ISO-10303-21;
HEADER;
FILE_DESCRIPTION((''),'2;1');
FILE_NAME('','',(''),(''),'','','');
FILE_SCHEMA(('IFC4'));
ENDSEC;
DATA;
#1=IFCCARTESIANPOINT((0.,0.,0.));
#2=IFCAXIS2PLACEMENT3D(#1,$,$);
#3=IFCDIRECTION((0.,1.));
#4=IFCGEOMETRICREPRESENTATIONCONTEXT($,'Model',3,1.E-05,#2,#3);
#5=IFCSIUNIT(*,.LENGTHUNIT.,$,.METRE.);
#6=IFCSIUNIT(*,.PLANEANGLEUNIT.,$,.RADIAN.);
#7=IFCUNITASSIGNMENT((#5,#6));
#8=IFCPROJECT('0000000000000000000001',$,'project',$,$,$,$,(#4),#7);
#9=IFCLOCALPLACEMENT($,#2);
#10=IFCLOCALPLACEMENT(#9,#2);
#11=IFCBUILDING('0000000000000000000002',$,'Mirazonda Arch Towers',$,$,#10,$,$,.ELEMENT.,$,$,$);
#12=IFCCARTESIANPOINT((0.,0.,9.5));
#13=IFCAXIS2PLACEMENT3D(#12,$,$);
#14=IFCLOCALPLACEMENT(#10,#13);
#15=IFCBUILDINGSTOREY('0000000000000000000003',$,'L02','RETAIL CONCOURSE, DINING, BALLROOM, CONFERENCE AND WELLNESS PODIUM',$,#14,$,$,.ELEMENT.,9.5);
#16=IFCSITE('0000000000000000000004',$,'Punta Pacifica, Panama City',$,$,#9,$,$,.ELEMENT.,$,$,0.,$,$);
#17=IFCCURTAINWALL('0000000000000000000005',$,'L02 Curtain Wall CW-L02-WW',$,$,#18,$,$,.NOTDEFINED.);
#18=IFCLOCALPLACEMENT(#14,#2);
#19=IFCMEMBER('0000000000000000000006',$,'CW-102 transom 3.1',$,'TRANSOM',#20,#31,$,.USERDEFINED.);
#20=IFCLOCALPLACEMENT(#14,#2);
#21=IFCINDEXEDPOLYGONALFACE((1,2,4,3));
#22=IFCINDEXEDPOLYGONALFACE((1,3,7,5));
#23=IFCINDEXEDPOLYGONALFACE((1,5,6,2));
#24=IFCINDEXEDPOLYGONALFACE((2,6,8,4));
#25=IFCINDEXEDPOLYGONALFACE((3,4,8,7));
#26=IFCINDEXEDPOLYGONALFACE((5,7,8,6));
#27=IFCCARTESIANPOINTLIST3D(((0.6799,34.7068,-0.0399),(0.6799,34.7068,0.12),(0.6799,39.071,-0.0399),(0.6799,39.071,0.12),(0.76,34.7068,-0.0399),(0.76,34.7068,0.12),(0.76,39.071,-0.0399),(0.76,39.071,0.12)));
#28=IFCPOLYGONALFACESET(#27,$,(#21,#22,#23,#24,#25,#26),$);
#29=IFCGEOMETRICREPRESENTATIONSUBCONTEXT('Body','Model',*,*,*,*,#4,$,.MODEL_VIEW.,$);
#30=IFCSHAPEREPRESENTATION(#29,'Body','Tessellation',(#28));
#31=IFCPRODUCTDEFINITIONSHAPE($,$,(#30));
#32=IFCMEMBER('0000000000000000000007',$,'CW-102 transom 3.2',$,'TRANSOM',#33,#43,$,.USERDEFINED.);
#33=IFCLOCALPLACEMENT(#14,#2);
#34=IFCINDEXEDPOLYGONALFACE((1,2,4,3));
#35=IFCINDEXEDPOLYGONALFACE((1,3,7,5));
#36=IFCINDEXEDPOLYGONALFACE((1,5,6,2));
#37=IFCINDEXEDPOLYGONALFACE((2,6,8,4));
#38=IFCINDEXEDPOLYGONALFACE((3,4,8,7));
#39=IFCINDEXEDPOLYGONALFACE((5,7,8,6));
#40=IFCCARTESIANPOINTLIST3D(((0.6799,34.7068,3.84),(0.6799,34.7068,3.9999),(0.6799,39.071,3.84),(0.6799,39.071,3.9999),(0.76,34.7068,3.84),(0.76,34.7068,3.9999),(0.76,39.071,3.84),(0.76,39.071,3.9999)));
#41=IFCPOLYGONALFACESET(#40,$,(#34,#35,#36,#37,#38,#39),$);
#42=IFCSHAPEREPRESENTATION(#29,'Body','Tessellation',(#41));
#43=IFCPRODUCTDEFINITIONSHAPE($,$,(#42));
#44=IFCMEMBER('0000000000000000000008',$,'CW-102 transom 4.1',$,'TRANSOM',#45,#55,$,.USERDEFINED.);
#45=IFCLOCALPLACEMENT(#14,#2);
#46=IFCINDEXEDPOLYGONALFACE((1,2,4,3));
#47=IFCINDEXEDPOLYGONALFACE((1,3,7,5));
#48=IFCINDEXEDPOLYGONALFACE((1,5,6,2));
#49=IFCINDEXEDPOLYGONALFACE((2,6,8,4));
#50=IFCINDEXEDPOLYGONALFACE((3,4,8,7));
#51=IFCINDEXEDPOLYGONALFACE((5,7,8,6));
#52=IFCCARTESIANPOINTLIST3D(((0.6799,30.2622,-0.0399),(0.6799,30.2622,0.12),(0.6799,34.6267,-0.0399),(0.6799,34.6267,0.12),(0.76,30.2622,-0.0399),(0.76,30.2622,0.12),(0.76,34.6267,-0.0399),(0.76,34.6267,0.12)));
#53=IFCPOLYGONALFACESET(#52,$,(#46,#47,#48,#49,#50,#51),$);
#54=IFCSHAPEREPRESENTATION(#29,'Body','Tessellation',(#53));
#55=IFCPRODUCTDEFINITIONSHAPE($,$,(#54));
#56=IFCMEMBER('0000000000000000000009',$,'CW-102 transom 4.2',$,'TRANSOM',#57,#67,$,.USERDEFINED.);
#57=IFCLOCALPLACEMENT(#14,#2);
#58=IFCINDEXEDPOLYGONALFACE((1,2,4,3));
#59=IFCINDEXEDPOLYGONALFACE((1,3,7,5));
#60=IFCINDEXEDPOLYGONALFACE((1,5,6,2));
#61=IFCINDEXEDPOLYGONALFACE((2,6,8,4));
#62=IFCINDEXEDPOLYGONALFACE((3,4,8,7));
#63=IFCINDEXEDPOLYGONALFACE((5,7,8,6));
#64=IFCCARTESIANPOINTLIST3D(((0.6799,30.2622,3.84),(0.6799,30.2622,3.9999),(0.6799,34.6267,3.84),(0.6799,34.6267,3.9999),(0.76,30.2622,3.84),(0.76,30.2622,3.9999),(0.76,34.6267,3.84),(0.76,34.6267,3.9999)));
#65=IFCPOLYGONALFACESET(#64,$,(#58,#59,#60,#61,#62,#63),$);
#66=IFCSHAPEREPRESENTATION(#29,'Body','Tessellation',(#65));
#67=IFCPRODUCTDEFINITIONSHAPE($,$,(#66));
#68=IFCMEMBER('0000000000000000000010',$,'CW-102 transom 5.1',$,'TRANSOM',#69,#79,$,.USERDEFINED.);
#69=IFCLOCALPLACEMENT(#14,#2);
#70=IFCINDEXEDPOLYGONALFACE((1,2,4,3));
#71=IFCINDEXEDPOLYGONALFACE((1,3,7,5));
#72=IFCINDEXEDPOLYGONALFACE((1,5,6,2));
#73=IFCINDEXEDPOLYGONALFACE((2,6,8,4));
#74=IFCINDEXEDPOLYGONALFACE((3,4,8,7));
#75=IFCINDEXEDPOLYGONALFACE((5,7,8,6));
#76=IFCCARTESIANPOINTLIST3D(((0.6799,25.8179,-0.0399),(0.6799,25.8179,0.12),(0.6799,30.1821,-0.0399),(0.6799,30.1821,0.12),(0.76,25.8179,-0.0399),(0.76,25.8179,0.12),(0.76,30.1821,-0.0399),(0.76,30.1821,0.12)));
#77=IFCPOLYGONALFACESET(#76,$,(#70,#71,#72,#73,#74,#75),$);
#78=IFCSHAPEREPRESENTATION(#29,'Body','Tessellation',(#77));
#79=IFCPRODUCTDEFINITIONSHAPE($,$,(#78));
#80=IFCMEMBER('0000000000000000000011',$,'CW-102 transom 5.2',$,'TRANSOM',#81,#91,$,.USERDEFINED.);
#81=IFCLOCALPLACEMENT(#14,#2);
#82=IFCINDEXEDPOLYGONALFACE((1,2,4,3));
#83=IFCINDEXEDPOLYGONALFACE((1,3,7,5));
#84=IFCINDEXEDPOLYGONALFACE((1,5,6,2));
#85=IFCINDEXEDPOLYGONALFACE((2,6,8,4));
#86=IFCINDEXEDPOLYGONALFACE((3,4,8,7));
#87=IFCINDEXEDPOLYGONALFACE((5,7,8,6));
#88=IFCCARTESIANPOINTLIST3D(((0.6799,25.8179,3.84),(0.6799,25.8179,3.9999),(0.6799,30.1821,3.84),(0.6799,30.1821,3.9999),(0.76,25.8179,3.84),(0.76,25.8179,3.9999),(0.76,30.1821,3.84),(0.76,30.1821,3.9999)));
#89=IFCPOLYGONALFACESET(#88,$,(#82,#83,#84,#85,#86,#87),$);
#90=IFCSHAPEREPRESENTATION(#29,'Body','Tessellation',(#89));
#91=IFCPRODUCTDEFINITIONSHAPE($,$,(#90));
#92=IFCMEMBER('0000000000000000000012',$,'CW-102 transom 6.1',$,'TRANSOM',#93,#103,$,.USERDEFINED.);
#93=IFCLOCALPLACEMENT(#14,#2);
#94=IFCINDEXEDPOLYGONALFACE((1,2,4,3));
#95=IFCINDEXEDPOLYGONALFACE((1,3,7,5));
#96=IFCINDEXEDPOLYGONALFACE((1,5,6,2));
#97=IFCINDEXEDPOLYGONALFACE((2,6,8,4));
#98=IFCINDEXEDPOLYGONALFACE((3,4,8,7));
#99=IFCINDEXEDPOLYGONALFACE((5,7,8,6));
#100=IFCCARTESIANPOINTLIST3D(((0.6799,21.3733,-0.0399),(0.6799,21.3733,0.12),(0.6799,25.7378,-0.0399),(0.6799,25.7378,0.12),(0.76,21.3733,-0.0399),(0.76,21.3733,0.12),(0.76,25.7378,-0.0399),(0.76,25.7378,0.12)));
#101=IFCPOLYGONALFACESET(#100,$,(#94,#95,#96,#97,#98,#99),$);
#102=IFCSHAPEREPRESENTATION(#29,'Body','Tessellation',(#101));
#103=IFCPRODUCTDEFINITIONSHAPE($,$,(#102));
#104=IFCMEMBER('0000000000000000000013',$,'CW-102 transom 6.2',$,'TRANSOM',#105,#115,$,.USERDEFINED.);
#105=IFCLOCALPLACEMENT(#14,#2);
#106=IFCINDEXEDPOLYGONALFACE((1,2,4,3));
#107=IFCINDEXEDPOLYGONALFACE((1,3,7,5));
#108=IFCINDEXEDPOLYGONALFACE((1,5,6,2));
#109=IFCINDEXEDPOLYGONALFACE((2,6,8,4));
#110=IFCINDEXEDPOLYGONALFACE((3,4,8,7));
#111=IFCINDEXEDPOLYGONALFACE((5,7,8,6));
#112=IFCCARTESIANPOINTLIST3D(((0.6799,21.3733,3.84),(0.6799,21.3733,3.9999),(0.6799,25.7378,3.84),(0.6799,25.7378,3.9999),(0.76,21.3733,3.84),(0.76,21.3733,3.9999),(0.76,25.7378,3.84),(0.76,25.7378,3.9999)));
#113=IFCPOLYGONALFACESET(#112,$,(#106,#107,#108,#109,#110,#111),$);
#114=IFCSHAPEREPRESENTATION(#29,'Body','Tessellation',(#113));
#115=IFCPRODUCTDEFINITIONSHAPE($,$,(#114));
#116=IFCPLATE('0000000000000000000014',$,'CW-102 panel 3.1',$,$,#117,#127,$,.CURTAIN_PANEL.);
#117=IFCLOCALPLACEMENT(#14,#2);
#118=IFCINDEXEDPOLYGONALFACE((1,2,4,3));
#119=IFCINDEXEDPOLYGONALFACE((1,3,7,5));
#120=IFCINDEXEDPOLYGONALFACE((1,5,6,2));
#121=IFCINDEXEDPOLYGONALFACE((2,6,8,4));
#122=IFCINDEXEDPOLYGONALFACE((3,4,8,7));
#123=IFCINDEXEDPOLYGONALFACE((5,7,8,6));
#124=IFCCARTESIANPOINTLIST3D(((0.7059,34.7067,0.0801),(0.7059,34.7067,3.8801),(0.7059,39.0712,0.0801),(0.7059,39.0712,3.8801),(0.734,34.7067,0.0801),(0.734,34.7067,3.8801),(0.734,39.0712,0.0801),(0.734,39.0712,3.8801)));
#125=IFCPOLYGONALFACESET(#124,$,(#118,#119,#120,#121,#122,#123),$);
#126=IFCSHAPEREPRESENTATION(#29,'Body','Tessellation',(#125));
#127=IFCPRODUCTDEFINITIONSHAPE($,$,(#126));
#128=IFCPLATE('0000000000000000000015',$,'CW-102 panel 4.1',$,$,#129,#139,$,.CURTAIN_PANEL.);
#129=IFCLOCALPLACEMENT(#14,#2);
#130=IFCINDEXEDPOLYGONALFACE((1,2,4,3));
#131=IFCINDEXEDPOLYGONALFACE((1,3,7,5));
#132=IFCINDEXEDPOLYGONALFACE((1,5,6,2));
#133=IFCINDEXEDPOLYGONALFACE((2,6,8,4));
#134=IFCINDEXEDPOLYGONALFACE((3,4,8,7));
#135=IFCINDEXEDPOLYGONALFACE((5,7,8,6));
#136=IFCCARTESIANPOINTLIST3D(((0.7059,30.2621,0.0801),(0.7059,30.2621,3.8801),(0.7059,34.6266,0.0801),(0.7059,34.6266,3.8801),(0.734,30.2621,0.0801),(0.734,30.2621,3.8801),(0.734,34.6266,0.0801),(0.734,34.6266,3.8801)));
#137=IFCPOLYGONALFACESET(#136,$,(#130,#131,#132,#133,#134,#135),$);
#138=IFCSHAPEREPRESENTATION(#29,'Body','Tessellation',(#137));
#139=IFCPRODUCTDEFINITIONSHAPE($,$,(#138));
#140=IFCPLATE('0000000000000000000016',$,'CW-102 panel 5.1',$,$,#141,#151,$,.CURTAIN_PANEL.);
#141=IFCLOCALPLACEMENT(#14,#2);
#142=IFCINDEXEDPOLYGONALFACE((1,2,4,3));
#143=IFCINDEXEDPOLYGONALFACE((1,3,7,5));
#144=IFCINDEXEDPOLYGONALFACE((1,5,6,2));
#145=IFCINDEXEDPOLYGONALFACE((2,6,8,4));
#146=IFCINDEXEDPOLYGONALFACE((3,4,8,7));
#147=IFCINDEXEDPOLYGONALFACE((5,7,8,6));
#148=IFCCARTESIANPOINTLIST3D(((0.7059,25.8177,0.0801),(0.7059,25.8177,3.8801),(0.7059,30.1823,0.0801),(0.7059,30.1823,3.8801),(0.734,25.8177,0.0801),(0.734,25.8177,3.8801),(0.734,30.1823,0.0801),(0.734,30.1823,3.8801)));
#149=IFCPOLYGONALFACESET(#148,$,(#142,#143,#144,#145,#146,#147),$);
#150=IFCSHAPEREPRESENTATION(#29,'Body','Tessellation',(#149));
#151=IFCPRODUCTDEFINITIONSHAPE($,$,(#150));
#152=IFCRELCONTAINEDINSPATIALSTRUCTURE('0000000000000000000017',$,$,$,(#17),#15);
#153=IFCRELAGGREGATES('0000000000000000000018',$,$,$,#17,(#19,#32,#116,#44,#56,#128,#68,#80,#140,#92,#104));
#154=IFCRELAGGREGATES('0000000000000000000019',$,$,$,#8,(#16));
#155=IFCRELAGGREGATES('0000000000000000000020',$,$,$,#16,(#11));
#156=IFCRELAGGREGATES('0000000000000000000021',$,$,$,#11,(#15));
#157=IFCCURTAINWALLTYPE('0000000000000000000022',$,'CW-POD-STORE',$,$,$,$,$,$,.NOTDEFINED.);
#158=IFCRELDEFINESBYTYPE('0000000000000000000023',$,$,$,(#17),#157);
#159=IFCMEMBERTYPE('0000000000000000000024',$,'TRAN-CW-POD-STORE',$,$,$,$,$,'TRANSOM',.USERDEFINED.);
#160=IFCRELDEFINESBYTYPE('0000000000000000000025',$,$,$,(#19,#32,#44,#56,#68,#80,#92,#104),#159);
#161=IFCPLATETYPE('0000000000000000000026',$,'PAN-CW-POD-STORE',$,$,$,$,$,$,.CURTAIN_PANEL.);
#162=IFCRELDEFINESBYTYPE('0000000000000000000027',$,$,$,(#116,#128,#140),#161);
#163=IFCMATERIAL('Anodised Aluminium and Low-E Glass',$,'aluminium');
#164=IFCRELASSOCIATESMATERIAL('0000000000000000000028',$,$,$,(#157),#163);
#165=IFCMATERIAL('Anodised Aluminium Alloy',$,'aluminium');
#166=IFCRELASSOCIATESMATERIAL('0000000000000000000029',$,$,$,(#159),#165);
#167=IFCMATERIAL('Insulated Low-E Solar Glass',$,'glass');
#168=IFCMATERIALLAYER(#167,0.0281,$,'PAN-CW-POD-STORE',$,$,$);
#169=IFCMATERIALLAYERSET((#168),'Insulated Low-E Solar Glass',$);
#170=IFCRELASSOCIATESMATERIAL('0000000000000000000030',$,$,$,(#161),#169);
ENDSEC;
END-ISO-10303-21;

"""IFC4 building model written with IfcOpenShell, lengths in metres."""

from ifc_helpers import new_model, si_unit, direction, frame, origin, origin_2d, place, context, subcontext, project, spatial, rectangle, extrude, material, layer, layer_set, material_profile, profile_set, type_object, element, aggregate, save


model = new_model("IFC4")

# Units and contexts
model_context = context("Model", 3, precision=1e-05, world=origin(), true_north=direction((0.0, 1.0)))
body_context = subcontext(model_context, "Body", "Model", "MODEL_VIEW")
ifc_project = project(units=[si_unit("LENGTHUNIT", "METRE"), si_unit("PLANEANGLEUNIT", "RADIAN")], contexts=[model_context])

# Site, building, storey
site_placement = place(None, origin())
site = spatial("IfcSite", under=ifc_project, at=site_placement, Name="Punta Pacifica, Panama City", CompositionType="ELEMENT", RefElevation=0.0)
building_placement = place(site_placement, origin())
building = spatial("IfcBuilding", under=site, at=building_placement, Name="Mirazonda Arch Towers", CompositionType="ELEMENT")
storey_placement = place(building_placement, frame((0.0, 0.0, 9.5)))
storey = spatial("IfcBuildingStorey", under=building, at=storey_placement, Name="L02", Description="RETAIL CONCOURSE, DINING, BALLROOM, CONFERENCE AND WELLNESS PODIUM", CompositionType="ELEMENT", Elevation=9.5)

# Curtain wall, members, plates
ifc_material_1 = material(Name="Anodised Aluminium and Low-E Glass", Category="aluminium")
curtain_wall_type = type_object("IfcCurtainWallType", Name="CW-POD-STORE", PredefinedType="NOTDEFINED", material=ifc_material_1)
curtain_wall_placement = place(storey_placement, origin())
curtain_wall = element("IfcCurtainWall", 1, at=curtain_wall_placement, inside=storey, type_object=curtain_wall_type, Name="L02 Curtain Wall CW-L02-WW", PredefinedType="NOTDEFINED")
ifc_material_2 = material(Name="Anodised Aluminium Alloy", Category="aluminium")
ifc_material_profile_1 = material_profile(ifc_material_2, rectangle(XDim=0.0801, YDim=0.1599, at=origin_2d()), Name="ALU-TRAN-80x160")
ifc_profile_set_1 = profile_set([ifc_material_profile_1], Name="Anodised Aluminium Alloy")
member_type_1 = type_object("IfcMemberType", Name="TRAN-CW-POD-STORE", ElementType="TRANSOM", PredefinedType="USERDEFINED", material=ifc_profile_set_1)
member_1_placement = place(storey_placement, frame((0.72, 39.071, 0.04), z_axis=(0.0, -1.0, 0.0), x_axis=(1.0, 0.0, 0.0)))
member_1 = element("IfcMember", 2, at=member_1_placement, type_object=member_type_1, Name="CW-102 transom 3.1", ObjectType="TRANSOM", PredefinedType="USERDEFINED", context=body_context, shape_type="SweptSolid", body=[
    extrude(rectangle(XDim=0.0801, YDim=0.1599, at=origin_2d()), origin(), (0.0, 0.0, 1.0), 4.3643),
])
member_2_placement = place(storey_placement, frame((0.72, 39.071, 3.9199), z_axis=(0.0, -1.0, 0.0), x_axis=(1.0, 0.0, 0.0)))
member_2 = element("IfcMember", 3, at=member_2_placement, type_object=member_type_1, Name="CW-102 transom 3.2", ObjectType="TRANSOM", PredefinedType="USERDEFINED", context=body_context, shape_type="SweptSolid", body=[
    extrude(rectangle(XDim=0.0801, YDim=0.1599, at=origin_2d()), origin(), (0.0, 0.0, 1.0), 4.3643),
])
member_3_placement = place(storey_placement, frame((0.72, 34.6267, 0.04), z_axis=(0.0, -1.0, 0.0), x_axis=(1.0, 0.0, 0.0)))
member_3 = element("IfcMember", 4, at=member_3_placement, type_object=member_type_1, Name="CW-102 transom 4.1", ObjectType="TRANSOM", PredefinedType="USERDEFINED", context=body_context, shape_type="SweptSolid", body=[
    extrude(rectangle(XDim=0.0801, YDim=0.1599, at=origin_2d()), origin(), (0.0, 0.0, 1.0), 4.3645),
])
member_4_placement = place(storey_placement, frame((0.72, 34.6267, 3.9199), z_axis=(0.0, -1.0, 0.0), x_axis=(1.0, 0.0, 0.0)))
member_4 = element("IfcMember", 5, at=member_4_placement, type_object=member_type_1, Name="CW-102 transom 4.2", ObjectType="TRANSOM", PredefinedType="USERDEFINED", context=body_context, shape_type="SweptSolid", body=[
    extrude(rectangle(XDim=0.0801, YDim=0.1599, at=origin_2d()), origin(), (0.0, 0.0, 1.0), 4.3645),
])
member_5_placement = place(storey_placement, frame((0.72, 30.1821, 0.04), z_axis=(0.0, -1.0, 0.0), x_axis=(1.0, 0.0, 0.0)))
member_5 = element("IfcMember", 6, at=member_5_placement, type_object=member_type_1, Name="CW-102 transom 5.1", ObjectType="TRANSOM", PredefinedType="USERDEFINED", context=body_context, shape_type="SweptSolid", body=[
    extrude(rectangle(XDim=0.0801, YDim=0.1599, at=origin_2d()), origin(), (0.0, 0.0, 1.0), 4.3643),
])
member_6_placement = place(storey_placement, frame((0.72, 30.1821, 3.9199), z_axis=(0.0, -1.0, 0.0), x_axis=(1.0, 0.0, 0.0)))
member_6 = element("IfcMember", 7, at=member_6_placement, type_object=member_type_1, Name="CW-102 transom 5.2", ObjectType="TRANSOM", PredefinedType="USERDEFINED", context=body_context, shape_type="SweptSolid", body=[
    extrude(rectangle(XDim=0.0801, YDim=0.1599, at=origin_2d()), origin(), (0.0, 0.0, 1.0), 4.3643),
])
member_7_placement = place(storey_placement, frame((0.72, 25.7378, 0.04), z_axis=(0.0, -1.0, 0.0), x_axis=(1.0, 0.0, 0.0)))
member_7 = element("IfcMember", 8, at=member_7_placement, type_object=member_type_1, Name="CW-102 transom 6.1", ObjectType="TRANSOM", PredefinedType="USERDEFINED", context=body_context, shape_type="SweptSolid", body=[
    extrude(rectangle(XDim=0.0801, YDim=0.1599, at=origin_2d()), origin(), (0.0, 0.0, 1.0), 4.3645),
])
member_8_placement = place(storey_placement, frame((0.72, 25.7378, 3.9199), z_axis=(0.0, -1.0, 0.0), x_axis=(1.0, 0.0, 0.0)))
member_8 = element("IfcMember", 9, at=member_8_placement, type_object=member_type_1, Name="CW-102 transom 6.2", ObjectType="TRANSOM", PredefinedType="USERDEFINED", context=body_context, shape_type="SweptSolid", body=[
    extrude(rectangle(XDim=0.0801, YDim=0.1599, at=origin_2d()), origin(), (0.0, 0.0, 1.0), 4.3645),
])
ifc_material_3 = material(Name="Insulated Low-E Solar Glass", Category="glass")
ifc_layer = layer(ifc_material_3, 0.0281, Name="PAN-CW-POD-STORE")
ifc_layer_set = layer_set([ifc_layer], Name="Insulated Low-E Solar Glass")
plate_type = type_object("IfcPlateType", Name="PAN-CW-POD-STORE", PredefinedType="CURTAIN_PANEL", material=ifc_layer_set)
plate_1_placement = place(storey_placement, frame((0.72, 36.8889, 0.0801), z_axis=(0.0, 0.0, 1.0), x_axis=(0.0, -1.0, 0.0)))
plate_1 = element("IfcPlate", 10, at=plate_1_placement, type_object=plate_type, Name="CW-102 panel 3.1", PredefinedType="CURTAIN_PANEL", context=body_context, shape_type="SweptSolid", body=[
    extrude(rectangle(XDim=4.3645, YDim=0.0281, at=origin_2d()), origin(), (0.0, 0.0, 1.0), 3.8),
])
plate_2_placement = place(storey_placement, frame((0.72, 32.4443, 0.0801), z_axis=(0.0, 0.0, 1.0), x_axis=(0.0, -1.0, 0.0)))
plate_2 = element("IfcPlate", 11, at=plate_2_placement, type_object=plate_type, Name="CW-102 panel 4.1", PredefinedType="CURTAIN_PANEL", context=body_context, shape_type="SweptSolid", body=[
    extrude(rectangle(XDim=4.3645, YDim=0.0281, at=origin_2d()), origin(), (0.0, 0.0, 1.0), 3.8),
])
plate_3_placement = place(storey_placement, frame((0.72, 28.0, 0.0801), z_axis=(0.0, 0.0, 1.0), x_axis=(0.0, -1.0, 0.0)))
plate_3 = element("IfcPlate", 12, at=plate_3_placement, type_object=plate_type, Name="CW-102 panel 5.1", PredefinedType="CURTAIN_PANEL", context=body_context, shape_type="SweptSolid", body=[
    extrude(rectangle(XDim=4.3645, YDim=0.0281, at=origin_2d()), origin(), (0.0, 0.0, 1.0), 3.8),
])
aggregate(curtain_wall, [member_1, member_2, plate_1, member_3, member_4, plate_2, member_5, member_6, plate_3, member_7, member_8])

save(model, "model.ifc")
